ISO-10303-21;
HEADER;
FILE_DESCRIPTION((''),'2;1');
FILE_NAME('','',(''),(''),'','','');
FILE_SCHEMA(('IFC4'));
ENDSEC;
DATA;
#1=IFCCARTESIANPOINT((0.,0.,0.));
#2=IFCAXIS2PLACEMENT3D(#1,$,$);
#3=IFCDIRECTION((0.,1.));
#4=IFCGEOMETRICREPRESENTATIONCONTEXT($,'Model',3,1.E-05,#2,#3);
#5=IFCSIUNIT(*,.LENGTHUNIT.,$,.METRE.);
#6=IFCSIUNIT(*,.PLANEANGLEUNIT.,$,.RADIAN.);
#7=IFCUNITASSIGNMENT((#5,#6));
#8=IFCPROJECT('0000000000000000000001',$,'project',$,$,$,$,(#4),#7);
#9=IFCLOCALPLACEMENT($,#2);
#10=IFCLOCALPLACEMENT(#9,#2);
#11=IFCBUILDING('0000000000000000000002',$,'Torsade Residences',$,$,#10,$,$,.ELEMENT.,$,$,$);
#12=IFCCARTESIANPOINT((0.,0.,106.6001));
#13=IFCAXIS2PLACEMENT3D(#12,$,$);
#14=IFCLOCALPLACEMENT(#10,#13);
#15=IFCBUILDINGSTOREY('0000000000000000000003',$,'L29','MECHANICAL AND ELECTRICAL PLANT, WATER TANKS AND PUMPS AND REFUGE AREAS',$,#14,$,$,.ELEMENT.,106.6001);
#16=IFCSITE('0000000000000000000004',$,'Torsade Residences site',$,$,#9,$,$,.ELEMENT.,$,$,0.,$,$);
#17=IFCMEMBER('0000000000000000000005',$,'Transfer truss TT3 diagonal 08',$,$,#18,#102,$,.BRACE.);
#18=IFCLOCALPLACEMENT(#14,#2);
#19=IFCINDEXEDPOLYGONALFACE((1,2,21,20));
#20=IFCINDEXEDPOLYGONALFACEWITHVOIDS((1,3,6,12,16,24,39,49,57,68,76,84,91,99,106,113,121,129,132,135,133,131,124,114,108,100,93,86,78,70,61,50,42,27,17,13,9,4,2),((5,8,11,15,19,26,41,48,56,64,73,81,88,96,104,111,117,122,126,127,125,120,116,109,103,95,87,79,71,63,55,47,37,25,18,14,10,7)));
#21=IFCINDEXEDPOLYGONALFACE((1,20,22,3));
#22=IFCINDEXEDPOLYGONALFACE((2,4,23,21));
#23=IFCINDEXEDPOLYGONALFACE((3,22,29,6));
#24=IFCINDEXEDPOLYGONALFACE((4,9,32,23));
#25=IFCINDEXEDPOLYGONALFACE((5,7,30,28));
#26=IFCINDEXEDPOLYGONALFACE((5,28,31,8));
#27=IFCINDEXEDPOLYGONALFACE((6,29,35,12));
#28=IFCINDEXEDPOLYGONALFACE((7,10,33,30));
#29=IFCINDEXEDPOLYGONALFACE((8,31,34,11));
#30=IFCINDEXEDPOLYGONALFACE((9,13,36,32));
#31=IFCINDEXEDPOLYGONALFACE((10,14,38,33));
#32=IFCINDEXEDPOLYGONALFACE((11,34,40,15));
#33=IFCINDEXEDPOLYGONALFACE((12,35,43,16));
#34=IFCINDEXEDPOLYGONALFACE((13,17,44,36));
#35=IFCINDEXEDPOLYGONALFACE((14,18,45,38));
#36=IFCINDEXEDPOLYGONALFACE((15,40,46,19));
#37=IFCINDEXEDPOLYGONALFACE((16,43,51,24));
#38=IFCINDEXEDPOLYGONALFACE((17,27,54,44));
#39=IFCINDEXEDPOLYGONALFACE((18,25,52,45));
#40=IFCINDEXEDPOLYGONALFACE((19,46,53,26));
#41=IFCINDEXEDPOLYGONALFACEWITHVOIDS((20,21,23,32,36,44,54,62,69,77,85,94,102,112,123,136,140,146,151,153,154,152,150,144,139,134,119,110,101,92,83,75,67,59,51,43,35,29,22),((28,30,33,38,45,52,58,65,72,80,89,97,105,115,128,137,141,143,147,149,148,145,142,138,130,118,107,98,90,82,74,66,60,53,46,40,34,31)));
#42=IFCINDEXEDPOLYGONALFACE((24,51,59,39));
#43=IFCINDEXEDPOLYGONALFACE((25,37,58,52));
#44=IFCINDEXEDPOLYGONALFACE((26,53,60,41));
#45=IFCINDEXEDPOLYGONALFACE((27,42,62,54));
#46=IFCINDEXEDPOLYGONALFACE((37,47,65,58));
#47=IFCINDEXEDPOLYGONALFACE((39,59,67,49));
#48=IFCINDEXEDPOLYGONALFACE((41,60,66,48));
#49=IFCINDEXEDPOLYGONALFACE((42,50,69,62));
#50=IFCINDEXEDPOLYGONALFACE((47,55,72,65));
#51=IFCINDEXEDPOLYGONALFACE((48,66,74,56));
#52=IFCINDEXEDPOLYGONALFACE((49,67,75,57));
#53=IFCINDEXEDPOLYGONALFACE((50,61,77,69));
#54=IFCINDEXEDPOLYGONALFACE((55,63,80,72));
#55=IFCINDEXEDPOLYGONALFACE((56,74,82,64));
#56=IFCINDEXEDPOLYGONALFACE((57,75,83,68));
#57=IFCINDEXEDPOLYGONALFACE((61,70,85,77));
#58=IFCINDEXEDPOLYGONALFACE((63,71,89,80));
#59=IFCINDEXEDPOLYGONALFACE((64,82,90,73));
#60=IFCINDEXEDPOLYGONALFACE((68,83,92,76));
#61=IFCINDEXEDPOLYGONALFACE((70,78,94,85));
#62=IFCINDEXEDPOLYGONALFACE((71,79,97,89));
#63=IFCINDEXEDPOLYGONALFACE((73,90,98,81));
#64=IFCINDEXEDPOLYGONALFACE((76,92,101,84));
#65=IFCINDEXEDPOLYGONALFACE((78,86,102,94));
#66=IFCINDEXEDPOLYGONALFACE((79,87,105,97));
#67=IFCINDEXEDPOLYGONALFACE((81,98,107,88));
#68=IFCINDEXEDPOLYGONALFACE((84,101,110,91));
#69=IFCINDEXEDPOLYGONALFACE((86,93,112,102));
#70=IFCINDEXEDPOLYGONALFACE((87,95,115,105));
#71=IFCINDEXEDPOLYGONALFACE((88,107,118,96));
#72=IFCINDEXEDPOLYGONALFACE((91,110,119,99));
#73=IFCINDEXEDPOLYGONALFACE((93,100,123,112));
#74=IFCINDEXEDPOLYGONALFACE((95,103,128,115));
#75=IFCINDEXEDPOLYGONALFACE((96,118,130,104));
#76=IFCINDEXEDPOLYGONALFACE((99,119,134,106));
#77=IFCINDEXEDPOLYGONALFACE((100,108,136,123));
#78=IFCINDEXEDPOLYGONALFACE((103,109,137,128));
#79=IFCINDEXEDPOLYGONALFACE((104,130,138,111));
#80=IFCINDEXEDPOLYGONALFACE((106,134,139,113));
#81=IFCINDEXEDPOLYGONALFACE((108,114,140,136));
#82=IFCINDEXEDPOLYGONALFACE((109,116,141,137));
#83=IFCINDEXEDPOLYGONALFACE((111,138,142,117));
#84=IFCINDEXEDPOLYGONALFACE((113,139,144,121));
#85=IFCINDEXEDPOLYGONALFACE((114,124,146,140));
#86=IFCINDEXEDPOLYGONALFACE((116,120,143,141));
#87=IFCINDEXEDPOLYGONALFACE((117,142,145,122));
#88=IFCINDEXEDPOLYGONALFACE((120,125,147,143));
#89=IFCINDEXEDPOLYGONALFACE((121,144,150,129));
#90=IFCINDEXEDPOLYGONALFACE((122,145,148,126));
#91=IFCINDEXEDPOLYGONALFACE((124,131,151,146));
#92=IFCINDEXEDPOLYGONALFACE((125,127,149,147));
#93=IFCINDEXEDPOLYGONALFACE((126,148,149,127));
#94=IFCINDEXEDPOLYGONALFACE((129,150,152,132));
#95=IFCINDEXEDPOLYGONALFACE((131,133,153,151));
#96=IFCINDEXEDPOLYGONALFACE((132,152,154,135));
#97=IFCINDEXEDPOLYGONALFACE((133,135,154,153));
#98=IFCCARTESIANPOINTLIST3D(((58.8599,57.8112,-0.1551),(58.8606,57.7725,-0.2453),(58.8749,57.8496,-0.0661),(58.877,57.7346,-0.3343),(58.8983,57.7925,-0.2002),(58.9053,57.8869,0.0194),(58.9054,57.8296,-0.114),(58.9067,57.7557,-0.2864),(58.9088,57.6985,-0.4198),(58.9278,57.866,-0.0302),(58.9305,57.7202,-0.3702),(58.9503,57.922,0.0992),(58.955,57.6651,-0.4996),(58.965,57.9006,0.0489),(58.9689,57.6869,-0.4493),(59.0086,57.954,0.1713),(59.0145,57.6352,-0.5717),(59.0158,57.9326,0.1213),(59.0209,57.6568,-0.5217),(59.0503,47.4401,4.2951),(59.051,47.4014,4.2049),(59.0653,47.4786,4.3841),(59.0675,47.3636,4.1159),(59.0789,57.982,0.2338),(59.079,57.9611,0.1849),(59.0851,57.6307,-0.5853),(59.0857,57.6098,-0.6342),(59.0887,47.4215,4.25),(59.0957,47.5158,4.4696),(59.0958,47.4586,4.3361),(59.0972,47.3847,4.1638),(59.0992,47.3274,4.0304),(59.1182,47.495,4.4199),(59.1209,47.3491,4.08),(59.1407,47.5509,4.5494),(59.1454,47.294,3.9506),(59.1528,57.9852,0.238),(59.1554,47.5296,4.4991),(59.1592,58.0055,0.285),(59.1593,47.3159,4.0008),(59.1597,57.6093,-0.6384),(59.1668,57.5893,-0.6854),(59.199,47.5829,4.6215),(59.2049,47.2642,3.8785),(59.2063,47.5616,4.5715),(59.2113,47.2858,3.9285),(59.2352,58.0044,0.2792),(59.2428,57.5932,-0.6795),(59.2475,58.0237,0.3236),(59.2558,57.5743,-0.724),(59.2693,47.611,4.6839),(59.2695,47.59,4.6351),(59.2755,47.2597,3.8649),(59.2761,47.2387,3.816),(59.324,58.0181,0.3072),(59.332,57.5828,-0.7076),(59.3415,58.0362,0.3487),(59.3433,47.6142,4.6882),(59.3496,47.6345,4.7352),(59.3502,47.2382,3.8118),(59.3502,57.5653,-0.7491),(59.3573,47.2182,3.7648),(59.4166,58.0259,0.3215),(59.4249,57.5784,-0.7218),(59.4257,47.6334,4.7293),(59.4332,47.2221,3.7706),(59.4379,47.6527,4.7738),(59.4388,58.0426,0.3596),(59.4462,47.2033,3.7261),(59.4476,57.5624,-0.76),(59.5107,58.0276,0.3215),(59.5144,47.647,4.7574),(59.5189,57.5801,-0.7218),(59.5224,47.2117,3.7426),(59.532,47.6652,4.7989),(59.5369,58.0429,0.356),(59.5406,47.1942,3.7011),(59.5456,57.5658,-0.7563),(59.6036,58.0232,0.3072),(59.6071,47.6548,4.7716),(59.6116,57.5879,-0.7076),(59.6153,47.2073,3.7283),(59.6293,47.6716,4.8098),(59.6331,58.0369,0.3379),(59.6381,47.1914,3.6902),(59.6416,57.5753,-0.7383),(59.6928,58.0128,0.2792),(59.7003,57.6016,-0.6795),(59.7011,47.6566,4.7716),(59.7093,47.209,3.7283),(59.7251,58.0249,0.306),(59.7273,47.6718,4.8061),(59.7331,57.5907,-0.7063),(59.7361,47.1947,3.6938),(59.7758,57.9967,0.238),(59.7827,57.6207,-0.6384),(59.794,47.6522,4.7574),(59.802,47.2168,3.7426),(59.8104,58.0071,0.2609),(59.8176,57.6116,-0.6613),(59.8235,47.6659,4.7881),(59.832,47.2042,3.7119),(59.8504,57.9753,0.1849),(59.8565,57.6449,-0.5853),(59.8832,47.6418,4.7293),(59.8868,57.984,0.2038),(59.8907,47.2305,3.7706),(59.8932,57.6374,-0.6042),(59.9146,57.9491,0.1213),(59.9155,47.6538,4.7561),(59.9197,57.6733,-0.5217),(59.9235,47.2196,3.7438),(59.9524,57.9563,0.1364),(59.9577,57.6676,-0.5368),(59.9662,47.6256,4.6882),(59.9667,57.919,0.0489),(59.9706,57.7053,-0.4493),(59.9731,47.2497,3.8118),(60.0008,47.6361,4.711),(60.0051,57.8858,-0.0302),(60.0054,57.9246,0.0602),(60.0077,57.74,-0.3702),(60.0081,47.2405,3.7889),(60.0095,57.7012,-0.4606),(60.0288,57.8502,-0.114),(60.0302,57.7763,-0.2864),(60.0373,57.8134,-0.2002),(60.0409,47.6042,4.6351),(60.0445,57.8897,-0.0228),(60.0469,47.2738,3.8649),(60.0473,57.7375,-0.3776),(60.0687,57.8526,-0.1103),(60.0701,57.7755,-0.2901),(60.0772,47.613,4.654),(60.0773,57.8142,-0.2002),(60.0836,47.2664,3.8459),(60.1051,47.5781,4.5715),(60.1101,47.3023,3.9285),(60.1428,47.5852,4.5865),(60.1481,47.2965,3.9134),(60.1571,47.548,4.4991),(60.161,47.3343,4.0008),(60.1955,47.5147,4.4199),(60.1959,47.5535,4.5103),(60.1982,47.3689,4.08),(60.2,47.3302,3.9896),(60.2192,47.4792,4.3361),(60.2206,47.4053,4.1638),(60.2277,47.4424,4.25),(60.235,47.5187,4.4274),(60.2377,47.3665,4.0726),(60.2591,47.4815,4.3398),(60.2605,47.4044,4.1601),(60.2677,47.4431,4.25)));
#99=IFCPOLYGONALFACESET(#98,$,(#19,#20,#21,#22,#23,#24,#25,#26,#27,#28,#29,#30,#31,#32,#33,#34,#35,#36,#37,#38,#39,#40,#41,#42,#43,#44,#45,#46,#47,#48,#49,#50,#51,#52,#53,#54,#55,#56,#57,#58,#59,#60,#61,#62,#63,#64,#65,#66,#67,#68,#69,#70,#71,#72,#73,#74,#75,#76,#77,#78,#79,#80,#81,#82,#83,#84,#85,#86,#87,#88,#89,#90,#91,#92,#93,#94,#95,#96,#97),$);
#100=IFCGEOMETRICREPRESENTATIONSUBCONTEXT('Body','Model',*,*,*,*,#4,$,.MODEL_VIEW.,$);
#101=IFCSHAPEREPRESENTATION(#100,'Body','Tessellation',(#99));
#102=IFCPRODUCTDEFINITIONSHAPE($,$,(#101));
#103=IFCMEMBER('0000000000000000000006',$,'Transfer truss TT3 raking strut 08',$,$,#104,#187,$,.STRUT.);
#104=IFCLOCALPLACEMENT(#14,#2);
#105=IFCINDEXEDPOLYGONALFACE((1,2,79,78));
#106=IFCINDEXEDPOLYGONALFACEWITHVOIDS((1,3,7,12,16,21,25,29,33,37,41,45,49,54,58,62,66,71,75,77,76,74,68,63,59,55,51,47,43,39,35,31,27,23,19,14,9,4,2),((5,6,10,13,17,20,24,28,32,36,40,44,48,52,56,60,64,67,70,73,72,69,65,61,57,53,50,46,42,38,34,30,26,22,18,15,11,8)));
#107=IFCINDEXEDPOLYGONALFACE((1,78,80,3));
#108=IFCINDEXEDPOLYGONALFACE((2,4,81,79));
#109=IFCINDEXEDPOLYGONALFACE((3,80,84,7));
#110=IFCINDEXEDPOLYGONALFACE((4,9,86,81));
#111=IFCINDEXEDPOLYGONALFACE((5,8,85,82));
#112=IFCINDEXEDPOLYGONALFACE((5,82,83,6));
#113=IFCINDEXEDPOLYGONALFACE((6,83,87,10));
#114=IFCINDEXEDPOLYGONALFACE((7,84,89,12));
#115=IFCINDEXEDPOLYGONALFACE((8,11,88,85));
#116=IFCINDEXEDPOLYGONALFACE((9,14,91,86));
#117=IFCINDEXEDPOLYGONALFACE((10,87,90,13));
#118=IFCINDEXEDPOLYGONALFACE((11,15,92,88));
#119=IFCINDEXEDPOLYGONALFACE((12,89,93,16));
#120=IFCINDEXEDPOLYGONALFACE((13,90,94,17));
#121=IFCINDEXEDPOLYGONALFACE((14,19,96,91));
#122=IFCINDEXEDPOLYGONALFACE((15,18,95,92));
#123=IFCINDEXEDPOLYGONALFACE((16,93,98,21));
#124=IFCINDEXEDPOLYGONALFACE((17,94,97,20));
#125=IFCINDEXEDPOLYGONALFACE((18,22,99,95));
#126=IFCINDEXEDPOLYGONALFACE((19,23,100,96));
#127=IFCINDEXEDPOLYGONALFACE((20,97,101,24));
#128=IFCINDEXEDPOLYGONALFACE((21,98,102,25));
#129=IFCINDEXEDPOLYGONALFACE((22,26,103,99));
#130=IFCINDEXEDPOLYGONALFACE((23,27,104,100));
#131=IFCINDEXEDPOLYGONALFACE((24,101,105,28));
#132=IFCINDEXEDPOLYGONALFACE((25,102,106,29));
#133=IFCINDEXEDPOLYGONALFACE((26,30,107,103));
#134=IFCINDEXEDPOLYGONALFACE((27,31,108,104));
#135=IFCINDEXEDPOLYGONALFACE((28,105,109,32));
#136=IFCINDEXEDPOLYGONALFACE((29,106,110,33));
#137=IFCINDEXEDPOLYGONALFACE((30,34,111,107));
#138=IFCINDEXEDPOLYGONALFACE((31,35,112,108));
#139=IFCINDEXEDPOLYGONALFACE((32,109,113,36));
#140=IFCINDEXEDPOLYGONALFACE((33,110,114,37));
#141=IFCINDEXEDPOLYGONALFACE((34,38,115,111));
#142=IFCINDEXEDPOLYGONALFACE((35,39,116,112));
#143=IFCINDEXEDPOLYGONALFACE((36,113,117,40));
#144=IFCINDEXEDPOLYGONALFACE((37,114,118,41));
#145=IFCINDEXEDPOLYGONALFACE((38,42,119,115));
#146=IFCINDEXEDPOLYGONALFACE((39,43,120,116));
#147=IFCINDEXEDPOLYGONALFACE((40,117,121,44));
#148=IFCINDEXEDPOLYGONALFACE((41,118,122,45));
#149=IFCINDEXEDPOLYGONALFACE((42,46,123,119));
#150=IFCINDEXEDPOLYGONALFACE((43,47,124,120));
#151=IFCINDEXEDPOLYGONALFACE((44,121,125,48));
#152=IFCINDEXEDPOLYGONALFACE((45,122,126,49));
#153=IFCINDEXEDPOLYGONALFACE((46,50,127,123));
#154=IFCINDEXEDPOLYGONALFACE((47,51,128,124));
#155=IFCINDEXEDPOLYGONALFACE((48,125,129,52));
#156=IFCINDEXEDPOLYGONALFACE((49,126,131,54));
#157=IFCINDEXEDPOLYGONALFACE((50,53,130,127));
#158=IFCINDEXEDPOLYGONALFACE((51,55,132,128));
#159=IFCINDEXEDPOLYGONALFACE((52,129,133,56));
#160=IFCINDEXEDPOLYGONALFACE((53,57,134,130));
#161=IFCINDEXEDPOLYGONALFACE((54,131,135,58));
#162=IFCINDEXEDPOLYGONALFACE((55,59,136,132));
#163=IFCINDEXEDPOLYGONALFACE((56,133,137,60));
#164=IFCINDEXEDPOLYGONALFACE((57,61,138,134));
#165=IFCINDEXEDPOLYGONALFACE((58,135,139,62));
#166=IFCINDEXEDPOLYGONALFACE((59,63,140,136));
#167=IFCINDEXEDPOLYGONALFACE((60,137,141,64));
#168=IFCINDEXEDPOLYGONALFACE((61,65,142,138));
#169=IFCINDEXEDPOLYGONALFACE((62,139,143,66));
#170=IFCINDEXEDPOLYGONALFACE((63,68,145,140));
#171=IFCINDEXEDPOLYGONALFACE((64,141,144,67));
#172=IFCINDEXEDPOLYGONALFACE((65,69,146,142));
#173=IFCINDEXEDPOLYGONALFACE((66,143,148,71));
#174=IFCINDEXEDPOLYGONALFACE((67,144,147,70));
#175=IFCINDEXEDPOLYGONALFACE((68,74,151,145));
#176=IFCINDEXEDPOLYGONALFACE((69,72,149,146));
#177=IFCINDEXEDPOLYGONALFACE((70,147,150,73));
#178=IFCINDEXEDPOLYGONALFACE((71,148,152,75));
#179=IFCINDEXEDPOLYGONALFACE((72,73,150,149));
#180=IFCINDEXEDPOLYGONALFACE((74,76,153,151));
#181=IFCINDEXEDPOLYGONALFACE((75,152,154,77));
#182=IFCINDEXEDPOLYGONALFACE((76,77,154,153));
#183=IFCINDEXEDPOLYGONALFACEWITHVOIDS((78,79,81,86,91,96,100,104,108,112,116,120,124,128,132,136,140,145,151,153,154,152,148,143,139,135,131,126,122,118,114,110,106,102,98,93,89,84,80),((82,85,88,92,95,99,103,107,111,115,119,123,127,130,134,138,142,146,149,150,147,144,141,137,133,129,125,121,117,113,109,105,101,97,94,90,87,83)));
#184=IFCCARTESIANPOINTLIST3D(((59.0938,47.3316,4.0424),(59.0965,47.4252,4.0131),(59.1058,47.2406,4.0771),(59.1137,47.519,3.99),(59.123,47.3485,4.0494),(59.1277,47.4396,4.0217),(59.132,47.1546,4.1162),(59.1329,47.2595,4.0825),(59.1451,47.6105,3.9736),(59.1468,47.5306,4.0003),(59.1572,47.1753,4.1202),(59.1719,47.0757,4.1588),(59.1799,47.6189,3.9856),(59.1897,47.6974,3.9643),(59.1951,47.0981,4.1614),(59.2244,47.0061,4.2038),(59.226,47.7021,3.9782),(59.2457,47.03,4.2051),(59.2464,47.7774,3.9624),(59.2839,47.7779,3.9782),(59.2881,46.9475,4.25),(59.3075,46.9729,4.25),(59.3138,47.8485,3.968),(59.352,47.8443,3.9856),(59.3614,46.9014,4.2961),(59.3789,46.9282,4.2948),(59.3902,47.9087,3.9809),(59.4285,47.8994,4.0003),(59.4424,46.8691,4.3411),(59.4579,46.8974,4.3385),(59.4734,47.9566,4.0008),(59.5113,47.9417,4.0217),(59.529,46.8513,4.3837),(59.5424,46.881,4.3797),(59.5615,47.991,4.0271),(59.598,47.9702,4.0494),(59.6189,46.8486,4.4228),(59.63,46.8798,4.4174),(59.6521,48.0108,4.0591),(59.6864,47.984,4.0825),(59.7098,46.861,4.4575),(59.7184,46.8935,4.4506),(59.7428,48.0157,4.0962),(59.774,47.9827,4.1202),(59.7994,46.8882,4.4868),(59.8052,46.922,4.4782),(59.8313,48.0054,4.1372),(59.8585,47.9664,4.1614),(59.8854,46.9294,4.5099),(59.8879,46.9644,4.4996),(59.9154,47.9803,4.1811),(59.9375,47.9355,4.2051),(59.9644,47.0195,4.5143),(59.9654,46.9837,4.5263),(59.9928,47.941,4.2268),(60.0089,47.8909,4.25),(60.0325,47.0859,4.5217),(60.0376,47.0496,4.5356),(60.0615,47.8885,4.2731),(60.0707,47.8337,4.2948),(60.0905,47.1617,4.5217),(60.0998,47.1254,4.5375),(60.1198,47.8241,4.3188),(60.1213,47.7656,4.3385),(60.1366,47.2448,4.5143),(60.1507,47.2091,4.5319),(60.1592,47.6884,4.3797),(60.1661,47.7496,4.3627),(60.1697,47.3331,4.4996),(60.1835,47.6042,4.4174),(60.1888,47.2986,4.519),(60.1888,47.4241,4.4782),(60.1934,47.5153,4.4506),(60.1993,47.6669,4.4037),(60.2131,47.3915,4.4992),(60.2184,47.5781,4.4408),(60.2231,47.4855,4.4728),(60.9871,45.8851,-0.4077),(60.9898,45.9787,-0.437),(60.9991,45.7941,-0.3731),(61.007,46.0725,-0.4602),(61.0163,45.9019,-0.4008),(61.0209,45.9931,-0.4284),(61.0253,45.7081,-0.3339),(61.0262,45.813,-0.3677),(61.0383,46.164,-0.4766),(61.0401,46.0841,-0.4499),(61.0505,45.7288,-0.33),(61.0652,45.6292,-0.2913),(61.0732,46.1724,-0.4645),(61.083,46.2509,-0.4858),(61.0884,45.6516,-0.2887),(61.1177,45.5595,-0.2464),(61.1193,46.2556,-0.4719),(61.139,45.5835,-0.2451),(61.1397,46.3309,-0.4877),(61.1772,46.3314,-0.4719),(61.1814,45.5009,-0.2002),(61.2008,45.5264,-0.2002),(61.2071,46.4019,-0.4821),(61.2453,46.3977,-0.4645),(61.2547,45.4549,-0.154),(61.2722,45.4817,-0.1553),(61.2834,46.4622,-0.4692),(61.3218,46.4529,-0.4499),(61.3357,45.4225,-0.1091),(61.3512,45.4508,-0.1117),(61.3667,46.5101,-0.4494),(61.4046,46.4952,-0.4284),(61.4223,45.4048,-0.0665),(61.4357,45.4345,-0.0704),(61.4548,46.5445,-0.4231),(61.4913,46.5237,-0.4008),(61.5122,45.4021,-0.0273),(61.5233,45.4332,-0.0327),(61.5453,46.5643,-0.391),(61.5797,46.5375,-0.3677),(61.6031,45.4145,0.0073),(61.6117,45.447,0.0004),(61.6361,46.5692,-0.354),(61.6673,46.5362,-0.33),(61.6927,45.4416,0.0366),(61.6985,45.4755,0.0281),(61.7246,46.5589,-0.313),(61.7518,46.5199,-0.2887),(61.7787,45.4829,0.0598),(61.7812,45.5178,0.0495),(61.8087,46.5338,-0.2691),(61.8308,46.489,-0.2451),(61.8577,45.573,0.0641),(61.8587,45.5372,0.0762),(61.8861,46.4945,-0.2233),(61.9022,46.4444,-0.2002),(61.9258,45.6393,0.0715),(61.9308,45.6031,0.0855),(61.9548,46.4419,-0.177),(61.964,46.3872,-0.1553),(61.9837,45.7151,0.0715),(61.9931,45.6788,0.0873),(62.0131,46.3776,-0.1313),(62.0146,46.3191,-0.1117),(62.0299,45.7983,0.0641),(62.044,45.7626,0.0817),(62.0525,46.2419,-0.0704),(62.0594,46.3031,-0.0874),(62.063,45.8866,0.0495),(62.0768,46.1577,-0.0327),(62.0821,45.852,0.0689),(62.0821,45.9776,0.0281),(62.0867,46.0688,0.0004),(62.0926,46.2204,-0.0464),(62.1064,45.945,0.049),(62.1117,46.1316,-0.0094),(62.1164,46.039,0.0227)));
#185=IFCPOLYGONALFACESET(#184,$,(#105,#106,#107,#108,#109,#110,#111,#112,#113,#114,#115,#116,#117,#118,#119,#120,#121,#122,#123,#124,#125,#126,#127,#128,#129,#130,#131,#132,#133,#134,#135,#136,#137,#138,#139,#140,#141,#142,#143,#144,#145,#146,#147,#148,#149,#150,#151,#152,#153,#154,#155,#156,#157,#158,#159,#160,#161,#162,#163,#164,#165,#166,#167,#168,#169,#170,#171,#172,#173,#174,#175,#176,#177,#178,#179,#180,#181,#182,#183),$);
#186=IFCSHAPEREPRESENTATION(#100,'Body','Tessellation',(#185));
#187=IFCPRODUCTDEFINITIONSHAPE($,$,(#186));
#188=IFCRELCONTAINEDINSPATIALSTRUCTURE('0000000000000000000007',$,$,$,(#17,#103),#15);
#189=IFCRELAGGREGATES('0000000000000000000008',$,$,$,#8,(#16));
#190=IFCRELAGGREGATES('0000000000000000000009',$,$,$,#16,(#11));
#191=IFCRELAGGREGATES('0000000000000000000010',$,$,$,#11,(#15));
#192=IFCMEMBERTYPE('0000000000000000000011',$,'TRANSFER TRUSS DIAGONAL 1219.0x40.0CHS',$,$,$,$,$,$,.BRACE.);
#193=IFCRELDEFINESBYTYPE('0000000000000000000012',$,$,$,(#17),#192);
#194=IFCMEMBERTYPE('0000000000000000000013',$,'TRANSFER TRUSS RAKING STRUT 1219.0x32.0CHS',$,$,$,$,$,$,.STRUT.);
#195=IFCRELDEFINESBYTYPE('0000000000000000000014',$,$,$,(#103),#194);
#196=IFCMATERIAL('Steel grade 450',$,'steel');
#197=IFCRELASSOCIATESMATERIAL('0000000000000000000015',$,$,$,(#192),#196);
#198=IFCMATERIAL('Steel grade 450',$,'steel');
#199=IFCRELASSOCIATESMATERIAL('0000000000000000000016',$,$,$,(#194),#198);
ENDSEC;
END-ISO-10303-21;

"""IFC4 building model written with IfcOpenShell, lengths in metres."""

from ifc_helpers import new_model, si_unit, direction, frame, origin, origin_2d, place, context, subcontext, project, spatial, hollow_circle, extrude, material, material_profile, profile_set, type_object, element, save


model = new_model("IFC4")

# Units and contexts
model_context = context("Model", 3, precision=1e-05, world=origin(), true_north=direction((0.0, 1.0)))
body_context = subcontext(model_context, "Body", "Model", "MODEL_VIEW")
ifc_project = project(units=[si_unit("LENGTHUNIT", "METRE"), si_unit("PLANEANGLEUNIT", "RADIAN")], contexts=[model_context])

# Site, building, storey
site_placement = place(None, origin())
site = spatial("IfcSite", under=ifc_project, at=site_placement, Name="Torsade Residences site", CompositionType="ELEMENT", RefElevation=0.0)
building_placement = place(site_placement, origin())
building = spatial("IfcBuilding", under=site, at=building_placement, Name="Torsade Residences", CompositionType="ELEMENT")
storey_placement = place(building_placement, frame((0.0, 0.0, 106.6001)))
storey = spatial("IfcBuildingStorey", under=building, at=storey_placement, Name="L29", Description="MECHANICAL AND ELECTRICAL PLANT, WATER TANKS AND PUMPS AND REFUGE AREAS", CompositionType="ELEMENT", Elevation=106.6001)

# Members
ifc_material_1 = material(Name="Steel grade 450", Category="steel")
ifc_material_profile_1 = material_profile(ifc_material_1, hollow_circle(Radius=0.6096, WallThickness=0.04, at=origin_2d()), Name="1219.0x40.0CHS")
ifc_profile_set_1 = profile_set([ifc_material_profile_1], Name="Steel grade 450")
member_type_1 = type_object("IfcMemberType", Name="TRANSFER TRUSS DIAGONAL 1219.0x40.0CHS", PredefinedType="BRACE", material=ifc_profile_set_1)
member_1_placement = place(storey_placement, frame((59.4678, 57.803, -0.2002), z_axis=(0.016871, -0.91884, 0.39427), x_axis=(0.999831, 0.018358, 0.0)))
element("IfcMember", 1, at=member_1_placement, inside=storey, type_object=member_type_1, Name="Transfer truss TT3 diagonal 08", PredefinedType="BRACE", context=body_context, shape_type="SweptSolid", body=[
    extrude(hollow_circle(Radius=0.6096, WallThickness=0.04, at=origin_2d()), origin(), (0.0, 0.0, 1.0), 11.2871),
])
ifc_material_2 = material(Name="Steel grade 450", Category="steel")
ifc_material_profile_2 = material_profile(ifc_material_2, hollow_circle(Radius=0.6096, WallThickness=0.032, at=origin_2d()), Name="1219.0x32.0CHS")
ifc_profile_set_2 = profile_set([ifc_material_profile_2], Name="Steel grade 450")
member_type_2 = type_object("IfcMemberType", Name="TRANSFER TRUSS RAKING STRUT 1219.0x32.0CHS", PredefinedType="STRUT", material=ifc_profile_set_2)
member_2_placement = place(storey_placement, frame((61.5515, 45.9854, -0.2002), z_axis=(-0.375069, 0.286561, 0.881593), x_axis=(-0.607108, -0.79462, 0.0)))
element("IfcMember", 2, at=member_2_placement, inside=storey, type_object=member_type_2, Name="Transfer truss TT3 raking strut 08", PredefinedType="STRUT", context=body_context, shape_type="SweptSolid", body=[
    extrude(hollow_circle(Radius=0.6096, WallThickness=0.032, at=origin_2d()), origin(), (0.0, 0.0, 1.0), 5.0479),
])

save(model, "model.ifc")
